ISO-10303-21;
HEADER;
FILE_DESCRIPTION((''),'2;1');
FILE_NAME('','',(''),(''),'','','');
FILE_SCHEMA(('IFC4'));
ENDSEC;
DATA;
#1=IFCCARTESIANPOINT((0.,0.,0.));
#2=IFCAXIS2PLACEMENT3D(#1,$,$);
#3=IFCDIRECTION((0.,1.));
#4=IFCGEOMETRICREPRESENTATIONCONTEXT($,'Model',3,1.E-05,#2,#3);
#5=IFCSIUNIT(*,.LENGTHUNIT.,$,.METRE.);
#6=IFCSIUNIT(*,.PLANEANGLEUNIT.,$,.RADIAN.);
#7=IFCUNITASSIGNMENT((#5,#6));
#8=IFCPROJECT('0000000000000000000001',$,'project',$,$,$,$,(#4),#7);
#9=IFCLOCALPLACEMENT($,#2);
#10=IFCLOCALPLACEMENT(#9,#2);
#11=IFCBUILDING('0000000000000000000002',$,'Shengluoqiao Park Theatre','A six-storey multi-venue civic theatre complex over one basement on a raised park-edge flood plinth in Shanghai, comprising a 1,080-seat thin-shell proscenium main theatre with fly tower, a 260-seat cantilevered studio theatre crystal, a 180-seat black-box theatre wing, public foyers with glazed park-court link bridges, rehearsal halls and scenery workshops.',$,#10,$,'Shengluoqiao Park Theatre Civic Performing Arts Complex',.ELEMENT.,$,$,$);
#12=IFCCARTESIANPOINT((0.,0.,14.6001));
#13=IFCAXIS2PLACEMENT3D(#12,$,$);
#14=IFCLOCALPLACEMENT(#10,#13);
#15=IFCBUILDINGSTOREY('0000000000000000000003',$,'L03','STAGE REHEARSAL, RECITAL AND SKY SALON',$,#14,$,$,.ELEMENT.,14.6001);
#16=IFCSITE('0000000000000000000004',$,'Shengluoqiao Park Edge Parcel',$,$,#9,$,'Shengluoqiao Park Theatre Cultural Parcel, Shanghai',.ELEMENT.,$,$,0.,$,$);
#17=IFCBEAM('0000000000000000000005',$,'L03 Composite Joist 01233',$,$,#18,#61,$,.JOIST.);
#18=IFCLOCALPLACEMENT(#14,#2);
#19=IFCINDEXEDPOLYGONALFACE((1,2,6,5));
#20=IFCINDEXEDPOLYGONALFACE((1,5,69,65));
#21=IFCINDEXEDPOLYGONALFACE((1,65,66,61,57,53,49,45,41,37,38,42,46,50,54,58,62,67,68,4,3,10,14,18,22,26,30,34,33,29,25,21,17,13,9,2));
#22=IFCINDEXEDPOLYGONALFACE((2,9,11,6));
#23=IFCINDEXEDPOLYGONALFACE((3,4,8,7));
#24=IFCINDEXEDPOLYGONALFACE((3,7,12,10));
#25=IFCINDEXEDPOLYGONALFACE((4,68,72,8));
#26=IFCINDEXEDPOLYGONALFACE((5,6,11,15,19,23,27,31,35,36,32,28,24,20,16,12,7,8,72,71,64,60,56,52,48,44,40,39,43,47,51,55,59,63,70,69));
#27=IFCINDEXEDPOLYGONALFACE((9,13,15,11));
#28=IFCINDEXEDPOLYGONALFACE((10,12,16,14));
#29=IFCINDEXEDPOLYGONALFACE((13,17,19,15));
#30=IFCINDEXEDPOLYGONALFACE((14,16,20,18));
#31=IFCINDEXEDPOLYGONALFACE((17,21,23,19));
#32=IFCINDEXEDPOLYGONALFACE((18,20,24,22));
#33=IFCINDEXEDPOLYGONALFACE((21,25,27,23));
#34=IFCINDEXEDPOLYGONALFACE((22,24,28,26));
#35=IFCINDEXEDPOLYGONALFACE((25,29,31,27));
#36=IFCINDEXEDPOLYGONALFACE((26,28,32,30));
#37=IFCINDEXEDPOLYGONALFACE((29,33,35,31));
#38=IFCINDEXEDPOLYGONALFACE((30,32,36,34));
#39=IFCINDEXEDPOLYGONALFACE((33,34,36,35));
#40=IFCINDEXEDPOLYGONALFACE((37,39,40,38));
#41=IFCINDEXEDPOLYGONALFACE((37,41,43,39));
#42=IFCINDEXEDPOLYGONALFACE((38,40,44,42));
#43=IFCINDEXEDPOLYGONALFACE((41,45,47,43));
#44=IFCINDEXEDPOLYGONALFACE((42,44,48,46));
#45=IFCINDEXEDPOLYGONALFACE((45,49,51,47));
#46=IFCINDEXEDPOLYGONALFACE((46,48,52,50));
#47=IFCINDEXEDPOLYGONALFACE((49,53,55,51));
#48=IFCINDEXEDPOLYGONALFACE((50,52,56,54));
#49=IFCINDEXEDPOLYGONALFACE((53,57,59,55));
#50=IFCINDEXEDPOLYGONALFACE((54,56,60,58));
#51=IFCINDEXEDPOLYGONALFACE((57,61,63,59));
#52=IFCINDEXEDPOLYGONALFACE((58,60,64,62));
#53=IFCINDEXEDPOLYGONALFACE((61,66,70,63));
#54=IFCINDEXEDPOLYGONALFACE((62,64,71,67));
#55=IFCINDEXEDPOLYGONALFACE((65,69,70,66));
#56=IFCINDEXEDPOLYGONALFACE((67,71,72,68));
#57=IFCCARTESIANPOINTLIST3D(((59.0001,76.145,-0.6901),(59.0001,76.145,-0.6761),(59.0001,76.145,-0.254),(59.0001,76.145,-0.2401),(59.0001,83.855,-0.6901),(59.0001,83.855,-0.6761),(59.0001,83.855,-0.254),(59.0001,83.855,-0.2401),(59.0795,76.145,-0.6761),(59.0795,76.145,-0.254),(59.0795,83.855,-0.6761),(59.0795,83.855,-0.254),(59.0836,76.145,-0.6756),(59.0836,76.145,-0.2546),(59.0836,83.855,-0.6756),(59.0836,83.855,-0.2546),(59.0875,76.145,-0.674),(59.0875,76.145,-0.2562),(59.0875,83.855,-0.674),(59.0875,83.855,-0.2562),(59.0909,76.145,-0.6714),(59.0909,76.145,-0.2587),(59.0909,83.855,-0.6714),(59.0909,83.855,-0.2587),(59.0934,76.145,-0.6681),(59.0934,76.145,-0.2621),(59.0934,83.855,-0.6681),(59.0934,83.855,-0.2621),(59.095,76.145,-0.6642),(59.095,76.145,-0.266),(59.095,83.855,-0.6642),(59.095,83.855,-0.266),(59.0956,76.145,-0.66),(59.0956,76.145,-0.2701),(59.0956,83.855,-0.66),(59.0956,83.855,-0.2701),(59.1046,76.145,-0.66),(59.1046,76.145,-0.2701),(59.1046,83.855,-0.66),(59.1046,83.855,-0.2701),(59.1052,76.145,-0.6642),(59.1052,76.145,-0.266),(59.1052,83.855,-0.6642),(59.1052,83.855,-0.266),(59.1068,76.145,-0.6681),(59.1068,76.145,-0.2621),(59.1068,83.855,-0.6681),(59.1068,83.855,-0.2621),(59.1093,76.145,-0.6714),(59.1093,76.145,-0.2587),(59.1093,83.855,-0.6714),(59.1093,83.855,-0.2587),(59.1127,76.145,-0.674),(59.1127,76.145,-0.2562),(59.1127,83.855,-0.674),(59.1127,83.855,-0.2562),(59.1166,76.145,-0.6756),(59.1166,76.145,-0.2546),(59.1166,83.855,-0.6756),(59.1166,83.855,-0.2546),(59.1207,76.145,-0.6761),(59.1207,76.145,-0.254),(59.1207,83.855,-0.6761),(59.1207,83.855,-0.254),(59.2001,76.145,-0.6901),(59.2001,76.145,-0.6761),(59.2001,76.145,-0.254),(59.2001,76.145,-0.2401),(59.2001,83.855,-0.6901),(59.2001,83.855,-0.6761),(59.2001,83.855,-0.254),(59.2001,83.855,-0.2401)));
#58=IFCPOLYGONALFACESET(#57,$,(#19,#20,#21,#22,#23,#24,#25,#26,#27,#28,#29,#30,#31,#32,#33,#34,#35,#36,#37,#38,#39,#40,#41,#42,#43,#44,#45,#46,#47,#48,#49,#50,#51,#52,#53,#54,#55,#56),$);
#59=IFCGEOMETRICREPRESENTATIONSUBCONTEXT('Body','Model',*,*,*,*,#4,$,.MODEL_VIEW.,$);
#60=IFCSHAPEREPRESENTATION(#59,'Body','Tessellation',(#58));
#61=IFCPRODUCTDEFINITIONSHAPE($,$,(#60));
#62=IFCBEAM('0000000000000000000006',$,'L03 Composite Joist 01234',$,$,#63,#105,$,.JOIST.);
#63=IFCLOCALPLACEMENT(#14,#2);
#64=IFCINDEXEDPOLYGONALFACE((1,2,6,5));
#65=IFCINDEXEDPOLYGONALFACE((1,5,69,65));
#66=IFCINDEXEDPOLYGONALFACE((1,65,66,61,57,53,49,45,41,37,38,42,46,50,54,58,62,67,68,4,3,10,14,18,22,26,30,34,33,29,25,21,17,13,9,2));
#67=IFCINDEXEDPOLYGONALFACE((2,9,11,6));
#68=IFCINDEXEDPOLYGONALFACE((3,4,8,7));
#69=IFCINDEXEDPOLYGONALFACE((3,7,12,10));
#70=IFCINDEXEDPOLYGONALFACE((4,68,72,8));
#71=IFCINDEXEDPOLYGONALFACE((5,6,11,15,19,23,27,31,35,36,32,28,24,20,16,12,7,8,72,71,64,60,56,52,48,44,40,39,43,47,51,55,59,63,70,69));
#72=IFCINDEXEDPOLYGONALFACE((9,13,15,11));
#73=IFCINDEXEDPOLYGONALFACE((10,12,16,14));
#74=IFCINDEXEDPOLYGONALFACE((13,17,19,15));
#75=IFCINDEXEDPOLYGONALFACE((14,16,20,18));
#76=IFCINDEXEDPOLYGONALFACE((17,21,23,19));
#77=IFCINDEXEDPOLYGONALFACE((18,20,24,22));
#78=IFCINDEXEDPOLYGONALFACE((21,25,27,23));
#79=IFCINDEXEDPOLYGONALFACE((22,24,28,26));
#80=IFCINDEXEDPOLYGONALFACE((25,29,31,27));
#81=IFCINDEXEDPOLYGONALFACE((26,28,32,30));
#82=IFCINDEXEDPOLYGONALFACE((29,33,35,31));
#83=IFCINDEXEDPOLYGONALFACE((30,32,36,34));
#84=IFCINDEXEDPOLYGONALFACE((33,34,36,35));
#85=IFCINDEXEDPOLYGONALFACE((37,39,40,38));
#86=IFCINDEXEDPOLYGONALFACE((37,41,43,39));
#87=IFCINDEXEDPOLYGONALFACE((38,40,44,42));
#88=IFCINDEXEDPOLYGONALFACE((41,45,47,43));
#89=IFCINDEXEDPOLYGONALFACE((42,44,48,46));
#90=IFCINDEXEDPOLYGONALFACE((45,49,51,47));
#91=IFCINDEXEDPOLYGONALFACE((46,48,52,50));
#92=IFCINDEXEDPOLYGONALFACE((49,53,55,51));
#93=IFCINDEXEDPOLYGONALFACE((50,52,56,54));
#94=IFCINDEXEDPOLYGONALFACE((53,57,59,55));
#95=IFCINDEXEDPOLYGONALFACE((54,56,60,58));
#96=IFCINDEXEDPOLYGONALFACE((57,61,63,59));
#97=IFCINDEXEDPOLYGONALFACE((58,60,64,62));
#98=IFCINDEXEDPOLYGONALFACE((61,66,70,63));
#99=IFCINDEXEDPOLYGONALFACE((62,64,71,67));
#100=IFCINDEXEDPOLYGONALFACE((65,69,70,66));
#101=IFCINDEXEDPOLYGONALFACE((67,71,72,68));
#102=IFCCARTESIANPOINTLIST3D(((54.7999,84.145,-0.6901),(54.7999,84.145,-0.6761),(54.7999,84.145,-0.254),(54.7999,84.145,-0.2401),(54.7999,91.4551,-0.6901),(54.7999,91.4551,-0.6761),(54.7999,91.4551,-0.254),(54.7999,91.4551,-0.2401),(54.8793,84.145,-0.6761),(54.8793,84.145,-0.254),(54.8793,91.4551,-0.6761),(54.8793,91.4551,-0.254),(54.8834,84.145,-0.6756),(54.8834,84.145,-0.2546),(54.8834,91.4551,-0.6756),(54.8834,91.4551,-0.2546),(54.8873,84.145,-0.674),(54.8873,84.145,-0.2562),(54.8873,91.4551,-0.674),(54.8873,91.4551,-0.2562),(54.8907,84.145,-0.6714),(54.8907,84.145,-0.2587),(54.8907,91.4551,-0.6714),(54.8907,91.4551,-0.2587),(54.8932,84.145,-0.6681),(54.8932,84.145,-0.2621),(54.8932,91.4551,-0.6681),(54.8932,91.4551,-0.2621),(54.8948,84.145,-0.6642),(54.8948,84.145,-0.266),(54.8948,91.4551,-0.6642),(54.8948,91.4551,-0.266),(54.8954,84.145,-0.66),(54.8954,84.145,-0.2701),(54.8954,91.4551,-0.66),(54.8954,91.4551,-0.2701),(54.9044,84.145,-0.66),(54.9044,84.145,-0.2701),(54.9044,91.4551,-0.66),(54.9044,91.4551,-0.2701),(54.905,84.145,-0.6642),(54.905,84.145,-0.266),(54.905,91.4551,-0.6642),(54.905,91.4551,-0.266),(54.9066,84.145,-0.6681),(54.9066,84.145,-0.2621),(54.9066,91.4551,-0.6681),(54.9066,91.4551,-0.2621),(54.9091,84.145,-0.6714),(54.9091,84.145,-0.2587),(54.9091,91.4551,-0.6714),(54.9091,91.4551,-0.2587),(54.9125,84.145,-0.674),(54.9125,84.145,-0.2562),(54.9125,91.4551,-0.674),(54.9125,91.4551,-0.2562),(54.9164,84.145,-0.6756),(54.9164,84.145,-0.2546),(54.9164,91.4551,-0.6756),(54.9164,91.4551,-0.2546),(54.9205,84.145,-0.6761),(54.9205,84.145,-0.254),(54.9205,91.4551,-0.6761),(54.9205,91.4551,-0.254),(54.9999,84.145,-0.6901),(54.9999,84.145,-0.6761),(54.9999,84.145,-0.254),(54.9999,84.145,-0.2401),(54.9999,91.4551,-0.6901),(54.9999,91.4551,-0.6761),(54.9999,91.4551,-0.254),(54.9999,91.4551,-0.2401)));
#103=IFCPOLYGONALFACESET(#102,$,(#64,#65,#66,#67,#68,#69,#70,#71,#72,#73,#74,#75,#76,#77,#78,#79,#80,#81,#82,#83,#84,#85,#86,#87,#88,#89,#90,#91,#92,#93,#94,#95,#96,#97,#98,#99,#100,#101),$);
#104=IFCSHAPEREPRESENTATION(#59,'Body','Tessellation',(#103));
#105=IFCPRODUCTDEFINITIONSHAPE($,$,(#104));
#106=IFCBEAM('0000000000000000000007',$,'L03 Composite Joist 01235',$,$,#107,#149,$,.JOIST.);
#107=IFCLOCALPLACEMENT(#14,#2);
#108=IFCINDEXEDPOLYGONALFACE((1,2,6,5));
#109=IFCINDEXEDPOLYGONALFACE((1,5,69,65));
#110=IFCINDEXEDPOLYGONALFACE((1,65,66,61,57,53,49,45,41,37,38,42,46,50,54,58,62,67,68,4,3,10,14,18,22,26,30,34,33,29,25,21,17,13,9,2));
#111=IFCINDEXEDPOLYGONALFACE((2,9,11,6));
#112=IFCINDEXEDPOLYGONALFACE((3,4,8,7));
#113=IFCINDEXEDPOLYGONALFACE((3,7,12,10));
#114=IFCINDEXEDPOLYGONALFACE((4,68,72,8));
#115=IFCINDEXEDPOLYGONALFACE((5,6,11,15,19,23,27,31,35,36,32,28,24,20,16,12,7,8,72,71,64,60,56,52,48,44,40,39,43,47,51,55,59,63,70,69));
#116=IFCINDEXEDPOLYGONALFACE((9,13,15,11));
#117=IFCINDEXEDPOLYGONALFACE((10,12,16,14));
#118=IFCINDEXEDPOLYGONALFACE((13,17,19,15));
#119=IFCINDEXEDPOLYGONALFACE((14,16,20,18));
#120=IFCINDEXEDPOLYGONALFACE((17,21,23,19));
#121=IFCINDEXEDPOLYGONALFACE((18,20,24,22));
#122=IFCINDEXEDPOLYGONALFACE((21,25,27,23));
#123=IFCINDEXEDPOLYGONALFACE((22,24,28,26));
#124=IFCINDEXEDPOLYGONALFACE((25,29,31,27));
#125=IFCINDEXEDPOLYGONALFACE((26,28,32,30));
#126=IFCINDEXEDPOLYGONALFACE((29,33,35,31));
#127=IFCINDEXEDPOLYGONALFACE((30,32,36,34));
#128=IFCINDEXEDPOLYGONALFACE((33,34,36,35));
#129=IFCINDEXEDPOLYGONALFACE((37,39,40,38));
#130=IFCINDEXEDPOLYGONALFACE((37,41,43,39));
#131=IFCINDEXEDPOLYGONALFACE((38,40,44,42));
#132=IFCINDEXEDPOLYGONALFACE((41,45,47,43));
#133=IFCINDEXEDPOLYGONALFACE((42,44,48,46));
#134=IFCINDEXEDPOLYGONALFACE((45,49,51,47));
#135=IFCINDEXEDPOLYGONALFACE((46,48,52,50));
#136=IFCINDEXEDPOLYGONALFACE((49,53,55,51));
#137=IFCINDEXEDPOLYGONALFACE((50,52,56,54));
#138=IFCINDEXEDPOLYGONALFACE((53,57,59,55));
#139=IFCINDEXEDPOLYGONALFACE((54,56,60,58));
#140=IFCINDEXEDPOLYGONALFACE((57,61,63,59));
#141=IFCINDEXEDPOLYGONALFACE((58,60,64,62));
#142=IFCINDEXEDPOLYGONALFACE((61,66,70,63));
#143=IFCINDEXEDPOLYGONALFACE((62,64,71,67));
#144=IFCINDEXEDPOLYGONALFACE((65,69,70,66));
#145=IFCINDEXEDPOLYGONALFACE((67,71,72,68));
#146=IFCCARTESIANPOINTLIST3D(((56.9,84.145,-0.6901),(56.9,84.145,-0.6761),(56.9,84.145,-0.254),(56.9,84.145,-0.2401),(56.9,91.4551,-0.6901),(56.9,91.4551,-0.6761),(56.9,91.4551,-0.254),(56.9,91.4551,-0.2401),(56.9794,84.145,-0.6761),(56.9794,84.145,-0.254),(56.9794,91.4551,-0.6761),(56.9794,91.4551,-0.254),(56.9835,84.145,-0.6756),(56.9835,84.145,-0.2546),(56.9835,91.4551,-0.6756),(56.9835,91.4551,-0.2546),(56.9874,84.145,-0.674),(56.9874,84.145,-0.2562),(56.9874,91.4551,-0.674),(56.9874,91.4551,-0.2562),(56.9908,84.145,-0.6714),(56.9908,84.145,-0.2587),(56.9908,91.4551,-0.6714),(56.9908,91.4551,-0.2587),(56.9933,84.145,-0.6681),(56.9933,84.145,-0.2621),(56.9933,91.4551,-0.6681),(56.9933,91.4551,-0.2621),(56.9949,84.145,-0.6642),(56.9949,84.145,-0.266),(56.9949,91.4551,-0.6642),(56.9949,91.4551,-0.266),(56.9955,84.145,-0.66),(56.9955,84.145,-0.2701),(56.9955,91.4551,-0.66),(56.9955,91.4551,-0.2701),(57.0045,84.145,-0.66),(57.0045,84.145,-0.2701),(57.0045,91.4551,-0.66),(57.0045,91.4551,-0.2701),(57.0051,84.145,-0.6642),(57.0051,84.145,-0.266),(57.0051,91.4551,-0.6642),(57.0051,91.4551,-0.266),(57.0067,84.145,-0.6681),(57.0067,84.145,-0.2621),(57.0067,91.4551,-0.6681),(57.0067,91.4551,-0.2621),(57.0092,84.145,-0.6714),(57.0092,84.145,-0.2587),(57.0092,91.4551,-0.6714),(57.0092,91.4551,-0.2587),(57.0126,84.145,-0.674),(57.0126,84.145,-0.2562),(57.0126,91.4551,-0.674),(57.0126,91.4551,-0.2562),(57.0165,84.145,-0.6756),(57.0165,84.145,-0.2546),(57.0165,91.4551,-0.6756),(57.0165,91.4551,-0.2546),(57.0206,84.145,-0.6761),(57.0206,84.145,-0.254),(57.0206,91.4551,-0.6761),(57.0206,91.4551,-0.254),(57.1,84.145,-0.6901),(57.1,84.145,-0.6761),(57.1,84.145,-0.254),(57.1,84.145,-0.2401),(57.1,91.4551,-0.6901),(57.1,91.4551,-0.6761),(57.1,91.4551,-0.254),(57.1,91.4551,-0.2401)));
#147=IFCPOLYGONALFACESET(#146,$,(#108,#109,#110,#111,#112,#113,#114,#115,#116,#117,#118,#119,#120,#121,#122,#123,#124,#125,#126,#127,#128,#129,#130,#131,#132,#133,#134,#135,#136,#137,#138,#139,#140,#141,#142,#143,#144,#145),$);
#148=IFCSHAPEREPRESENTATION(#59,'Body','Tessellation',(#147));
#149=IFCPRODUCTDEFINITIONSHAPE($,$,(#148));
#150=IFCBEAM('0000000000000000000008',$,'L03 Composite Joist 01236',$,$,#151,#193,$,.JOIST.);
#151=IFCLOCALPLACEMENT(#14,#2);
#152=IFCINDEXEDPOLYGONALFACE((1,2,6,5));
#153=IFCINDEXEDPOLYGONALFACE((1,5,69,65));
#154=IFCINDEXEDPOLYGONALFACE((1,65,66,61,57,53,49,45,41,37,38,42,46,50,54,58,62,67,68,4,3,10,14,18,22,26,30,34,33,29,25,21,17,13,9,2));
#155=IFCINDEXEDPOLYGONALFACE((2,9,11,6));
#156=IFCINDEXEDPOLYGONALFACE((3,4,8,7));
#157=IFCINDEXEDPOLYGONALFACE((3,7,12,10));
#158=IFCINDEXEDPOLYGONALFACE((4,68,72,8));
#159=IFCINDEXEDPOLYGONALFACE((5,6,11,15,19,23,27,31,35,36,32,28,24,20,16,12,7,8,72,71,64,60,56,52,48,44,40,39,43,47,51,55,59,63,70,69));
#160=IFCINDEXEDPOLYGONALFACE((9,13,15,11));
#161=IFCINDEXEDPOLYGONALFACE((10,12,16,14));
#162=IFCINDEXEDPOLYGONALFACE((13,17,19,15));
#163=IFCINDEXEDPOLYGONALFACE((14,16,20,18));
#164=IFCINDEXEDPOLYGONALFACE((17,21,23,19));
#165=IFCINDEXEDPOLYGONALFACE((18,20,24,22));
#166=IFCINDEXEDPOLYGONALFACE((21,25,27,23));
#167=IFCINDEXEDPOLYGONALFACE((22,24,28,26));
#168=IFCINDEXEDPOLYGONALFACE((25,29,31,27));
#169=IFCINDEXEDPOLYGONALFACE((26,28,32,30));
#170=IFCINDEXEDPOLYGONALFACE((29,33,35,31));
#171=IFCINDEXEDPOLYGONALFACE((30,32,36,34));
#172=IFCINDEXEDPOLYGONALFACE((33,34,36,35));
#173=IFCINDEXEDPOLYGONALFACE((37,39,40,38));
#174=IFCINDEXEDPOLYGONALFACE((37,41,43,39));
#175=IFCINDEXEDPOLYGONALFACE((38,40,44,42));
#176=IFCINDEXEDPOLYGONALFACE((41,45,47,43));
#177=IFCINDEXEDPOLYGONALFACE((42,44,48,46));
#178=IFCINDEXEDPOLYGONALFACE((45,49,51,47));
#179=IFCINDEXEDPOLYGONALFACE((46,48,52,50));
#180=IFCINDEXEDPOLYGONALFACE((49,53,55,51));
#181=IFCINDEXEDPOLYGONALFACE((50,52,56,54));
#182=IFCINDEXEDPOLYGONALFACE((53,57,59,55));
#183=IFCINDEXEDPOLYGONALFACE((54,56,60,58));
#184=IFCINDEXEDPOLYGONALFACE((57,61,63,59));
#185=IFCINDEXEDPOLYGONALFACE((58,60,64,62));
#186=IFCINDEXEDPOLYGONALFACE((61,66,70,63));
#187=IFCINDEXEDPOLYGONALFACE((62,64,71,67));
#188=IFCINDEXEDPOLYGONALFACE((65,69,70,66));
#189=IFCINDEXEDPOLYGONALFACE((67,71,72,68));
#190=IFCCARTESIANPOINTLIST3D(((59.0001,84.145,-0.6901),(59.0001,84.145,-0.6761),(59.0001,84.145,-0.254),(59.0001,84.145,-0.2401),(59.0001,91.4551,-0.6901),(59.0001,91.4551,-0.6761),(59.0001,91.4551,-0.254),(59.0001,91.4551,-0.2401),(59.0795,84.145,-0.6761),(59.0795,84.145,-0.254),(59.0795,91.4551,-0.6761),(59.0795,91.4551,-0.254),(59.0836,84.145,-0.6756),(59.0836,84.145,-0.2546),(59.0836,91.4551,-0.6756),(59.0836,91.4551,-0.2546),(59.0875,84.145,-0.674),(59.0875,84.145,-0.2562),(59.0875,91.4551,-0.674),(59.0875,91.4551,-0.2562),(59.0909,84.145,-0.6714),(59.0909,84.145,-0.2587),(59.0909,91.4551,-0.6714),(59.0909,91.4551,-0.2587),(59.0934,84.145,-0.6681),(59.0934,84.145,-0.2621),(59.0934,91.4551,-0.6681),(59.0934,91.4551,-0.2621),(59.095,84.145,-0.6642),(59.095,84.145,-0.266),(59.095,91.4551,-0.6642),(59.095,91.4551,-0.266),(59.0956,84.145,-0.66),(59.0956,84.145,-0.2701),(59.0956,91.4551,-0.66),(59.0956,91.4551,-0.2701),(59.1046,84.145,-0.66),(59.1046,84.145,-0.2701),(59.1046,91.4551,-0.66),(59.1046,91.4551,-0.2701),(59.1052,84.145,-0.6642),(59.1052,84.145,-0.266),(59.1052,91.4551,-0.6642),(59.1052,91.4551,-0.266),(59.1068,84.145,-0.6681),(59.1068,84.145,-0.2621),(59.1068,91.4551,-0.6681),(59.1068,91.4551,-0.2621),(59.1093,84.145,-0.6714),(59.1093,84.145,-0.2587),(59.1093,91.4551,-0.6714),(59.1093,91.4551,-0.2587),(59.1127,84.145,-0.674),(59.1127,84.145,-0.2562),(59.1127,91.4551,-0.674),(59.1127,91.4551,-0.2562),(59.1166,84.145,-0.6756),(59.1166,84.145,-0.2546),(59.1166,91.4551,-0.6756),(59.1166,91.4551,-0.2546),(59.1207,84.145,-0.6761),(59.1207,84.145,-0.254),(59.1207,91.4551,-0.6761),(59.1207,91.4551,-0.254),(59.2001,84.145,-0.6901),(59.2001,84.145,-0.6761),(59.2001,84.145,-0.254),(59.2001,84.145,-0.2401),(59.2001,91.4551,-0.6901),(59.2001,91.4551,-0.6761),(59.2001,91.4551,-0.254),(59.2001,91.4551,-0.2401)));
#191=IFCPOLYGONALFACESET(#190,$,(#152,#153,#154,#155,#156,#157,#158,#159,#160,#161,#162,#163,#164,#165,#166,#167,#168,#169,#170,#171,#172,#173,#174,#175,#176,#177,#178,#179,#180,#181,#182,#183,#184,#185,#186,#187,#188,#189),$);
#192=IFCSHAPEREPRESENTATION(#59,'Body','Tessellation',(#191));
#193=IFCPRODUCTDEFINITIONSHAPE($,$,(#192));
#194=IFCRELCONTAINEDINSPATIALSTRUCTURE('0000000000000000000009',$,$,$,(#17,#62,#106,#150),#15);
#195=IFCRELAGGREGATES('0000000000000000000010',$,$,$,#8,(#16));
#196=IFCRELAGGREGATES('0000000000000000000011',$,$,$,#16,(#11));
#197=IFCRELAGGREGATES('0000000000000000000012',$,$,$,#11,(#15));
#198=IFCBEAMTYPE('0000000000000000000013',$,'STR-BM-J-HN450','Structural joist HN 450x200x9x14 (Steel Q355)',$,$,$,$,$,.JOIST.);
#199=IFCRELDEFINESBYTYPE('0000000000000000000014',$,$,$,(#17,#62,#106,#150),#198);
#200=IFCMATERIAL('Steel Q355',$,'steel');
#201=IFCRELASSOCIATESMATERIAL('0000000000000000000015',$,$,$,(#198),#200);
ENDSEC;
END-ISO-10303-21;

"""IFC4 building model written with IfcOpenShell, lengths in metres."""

from ifc_helpers import new_model, si_unit, direction, frame, origin, origin_2d, place, context, subcontext, project, spatial, i_section, extrude, material, material_profile, profile_set, type_object, element, save


model = new_model("IFC4")

# Units and contexts
model_context = context("Model", 3, precision=1e-05, world=origin(), true_north=direction((0.0, 1.0)))
body_context = subcontext(model_context, "Body", "Model", "MODEL_VIEW")
ifc_project = project(units=[si_unit("LENGTHUNIT", "METRE"), si_unit("PLANEANGLEUNIT", "RADIAN")], contexts=[model_context])

# Site, building, storey
site_placement = place(None, origin())
site = spatial("IfcSite", under=ifc_project, at=site_placement, Name="Shengluoqiao Park Edge Parcel", LongName="Shengluoqiao Park Theatre Cultural Parcel, Shanghai", CompositionType="ELEMENT", RefElevation=0.0)
building_placement = place(site_placement, origin())
building = spatial("IfcBuilding", under=site, at=building_placement, Name="Shengluoqiao Park Theatre", Description="A six-storey multi-venue civic theatre complex over one basement on a raised park-edge flood plinth in Shanghai, comprising a 1,080-seat thin-shell proscenium main theatre with fly tower, a 260-seat cantilevered studio theatre crystal, a 180-seat black-box theatre wing, public foyers with glazed park-court link bridges, rehearsal halls and scenery workshops.", LongName="Shengluoqiao Park Theatre Civic Performing Arts Complex", CompositionType="ELEMENT")
storey_placement = place(building_placement, frame((0.0, 0.0, 14.6001)))
storey = spatial("IfcBuildingStorey", under=building, at=storey_placement, Name="L03", Description="STAGE REHEARSAL, RECITAL AND SKY SALON", CompositionType="ELEMENT", Elevation=14.6001)

# Beams
ifc_material_1 = material(Name="Steel Q355", Category="steel")
ifc_material_profile_1 = material_profile(ifc_material_1, i_section(OverallWidth=0.2, OverallDepth=0.45, WebThickness=0.009, FlangeThickness=0.0139, FilletRadius=0.0161, at=origin_2d()), Name="HN 450x200x9x14")
ifc_profile_set_1 = profile_set([ifc_material_profile_1], Name="Steel Q355")
beam_type_1 = type_object("IfcBeamType", Name="STR-BM-J-HN450", Description="Structural joist HN 450x200x9x14 (Steel Q355)", PredefinedType="JOIST", material=ifc_profile_set_1)
for number, where, z_axis, x_axis, name in (
    (1, (59.1001, 76.145, -0.4651), (0.0, 1.0, 0.0), (-1.0, 0.0, 0.0), "L03 Composite Joist 01233"),
):
    element("IfcBeam", number, at=place(storey_placement, frame(where, z_axis=z_axis, x_axis=x_axis)), inside=storey, type_object=beam_type_1, Name=name, PredefinedType="JOIST", context=body_context, shape_type="SweptSolid", body=[
        extrude(i_section(OverallWidth=0.2, OverallDepth=0.45, WebThickness=0.009, FlangeThickness=0.0139, FilletRadius=0.0161, at=origin_2d()), origin(), (0.0, 0.0, 1.0), 7.71),
    ])
for number, where, z_axis, x_axis, name in (
    (2, (54.8999, 84.145, -0.4651), (0.0, 1.0, 0.0), (-1.0, 0.0, 0.0), "L03 Composite Joist 01234"),
    (3, (57.0, 84.145, -0.4651), (0.0, 1.0, 0.0), (-1.0, 0.0, 0.0), "L03 Composite Joist 01235"),
    (4, (59.1001, 84.145, -0.4651), (0.0, 1.0, 0.0), (-1.0, 0.0, 0.0), "L03 Composite Joist 01236"),
):
    element("IfcBeam", number, at=place(storey_placement, frame(where, z_axis=z_axis, x_axis=x_axis)), inside=storey, type_object=beam_type_1, Name=name, PredefinedType="JOIST", context=body_context, shape_type="SweptSolid", body=[
        extrude(i_section(OverallWidth=0.2, OverallDepth=0.45, WebThickness=0.009, FlangeThickness=0.0139, FilletRadius=0.0161, at=origin_2d()), origin(), (0.0, 0.0, 1.0), 7.3101),
    ])

save(model, "model.ifc")
